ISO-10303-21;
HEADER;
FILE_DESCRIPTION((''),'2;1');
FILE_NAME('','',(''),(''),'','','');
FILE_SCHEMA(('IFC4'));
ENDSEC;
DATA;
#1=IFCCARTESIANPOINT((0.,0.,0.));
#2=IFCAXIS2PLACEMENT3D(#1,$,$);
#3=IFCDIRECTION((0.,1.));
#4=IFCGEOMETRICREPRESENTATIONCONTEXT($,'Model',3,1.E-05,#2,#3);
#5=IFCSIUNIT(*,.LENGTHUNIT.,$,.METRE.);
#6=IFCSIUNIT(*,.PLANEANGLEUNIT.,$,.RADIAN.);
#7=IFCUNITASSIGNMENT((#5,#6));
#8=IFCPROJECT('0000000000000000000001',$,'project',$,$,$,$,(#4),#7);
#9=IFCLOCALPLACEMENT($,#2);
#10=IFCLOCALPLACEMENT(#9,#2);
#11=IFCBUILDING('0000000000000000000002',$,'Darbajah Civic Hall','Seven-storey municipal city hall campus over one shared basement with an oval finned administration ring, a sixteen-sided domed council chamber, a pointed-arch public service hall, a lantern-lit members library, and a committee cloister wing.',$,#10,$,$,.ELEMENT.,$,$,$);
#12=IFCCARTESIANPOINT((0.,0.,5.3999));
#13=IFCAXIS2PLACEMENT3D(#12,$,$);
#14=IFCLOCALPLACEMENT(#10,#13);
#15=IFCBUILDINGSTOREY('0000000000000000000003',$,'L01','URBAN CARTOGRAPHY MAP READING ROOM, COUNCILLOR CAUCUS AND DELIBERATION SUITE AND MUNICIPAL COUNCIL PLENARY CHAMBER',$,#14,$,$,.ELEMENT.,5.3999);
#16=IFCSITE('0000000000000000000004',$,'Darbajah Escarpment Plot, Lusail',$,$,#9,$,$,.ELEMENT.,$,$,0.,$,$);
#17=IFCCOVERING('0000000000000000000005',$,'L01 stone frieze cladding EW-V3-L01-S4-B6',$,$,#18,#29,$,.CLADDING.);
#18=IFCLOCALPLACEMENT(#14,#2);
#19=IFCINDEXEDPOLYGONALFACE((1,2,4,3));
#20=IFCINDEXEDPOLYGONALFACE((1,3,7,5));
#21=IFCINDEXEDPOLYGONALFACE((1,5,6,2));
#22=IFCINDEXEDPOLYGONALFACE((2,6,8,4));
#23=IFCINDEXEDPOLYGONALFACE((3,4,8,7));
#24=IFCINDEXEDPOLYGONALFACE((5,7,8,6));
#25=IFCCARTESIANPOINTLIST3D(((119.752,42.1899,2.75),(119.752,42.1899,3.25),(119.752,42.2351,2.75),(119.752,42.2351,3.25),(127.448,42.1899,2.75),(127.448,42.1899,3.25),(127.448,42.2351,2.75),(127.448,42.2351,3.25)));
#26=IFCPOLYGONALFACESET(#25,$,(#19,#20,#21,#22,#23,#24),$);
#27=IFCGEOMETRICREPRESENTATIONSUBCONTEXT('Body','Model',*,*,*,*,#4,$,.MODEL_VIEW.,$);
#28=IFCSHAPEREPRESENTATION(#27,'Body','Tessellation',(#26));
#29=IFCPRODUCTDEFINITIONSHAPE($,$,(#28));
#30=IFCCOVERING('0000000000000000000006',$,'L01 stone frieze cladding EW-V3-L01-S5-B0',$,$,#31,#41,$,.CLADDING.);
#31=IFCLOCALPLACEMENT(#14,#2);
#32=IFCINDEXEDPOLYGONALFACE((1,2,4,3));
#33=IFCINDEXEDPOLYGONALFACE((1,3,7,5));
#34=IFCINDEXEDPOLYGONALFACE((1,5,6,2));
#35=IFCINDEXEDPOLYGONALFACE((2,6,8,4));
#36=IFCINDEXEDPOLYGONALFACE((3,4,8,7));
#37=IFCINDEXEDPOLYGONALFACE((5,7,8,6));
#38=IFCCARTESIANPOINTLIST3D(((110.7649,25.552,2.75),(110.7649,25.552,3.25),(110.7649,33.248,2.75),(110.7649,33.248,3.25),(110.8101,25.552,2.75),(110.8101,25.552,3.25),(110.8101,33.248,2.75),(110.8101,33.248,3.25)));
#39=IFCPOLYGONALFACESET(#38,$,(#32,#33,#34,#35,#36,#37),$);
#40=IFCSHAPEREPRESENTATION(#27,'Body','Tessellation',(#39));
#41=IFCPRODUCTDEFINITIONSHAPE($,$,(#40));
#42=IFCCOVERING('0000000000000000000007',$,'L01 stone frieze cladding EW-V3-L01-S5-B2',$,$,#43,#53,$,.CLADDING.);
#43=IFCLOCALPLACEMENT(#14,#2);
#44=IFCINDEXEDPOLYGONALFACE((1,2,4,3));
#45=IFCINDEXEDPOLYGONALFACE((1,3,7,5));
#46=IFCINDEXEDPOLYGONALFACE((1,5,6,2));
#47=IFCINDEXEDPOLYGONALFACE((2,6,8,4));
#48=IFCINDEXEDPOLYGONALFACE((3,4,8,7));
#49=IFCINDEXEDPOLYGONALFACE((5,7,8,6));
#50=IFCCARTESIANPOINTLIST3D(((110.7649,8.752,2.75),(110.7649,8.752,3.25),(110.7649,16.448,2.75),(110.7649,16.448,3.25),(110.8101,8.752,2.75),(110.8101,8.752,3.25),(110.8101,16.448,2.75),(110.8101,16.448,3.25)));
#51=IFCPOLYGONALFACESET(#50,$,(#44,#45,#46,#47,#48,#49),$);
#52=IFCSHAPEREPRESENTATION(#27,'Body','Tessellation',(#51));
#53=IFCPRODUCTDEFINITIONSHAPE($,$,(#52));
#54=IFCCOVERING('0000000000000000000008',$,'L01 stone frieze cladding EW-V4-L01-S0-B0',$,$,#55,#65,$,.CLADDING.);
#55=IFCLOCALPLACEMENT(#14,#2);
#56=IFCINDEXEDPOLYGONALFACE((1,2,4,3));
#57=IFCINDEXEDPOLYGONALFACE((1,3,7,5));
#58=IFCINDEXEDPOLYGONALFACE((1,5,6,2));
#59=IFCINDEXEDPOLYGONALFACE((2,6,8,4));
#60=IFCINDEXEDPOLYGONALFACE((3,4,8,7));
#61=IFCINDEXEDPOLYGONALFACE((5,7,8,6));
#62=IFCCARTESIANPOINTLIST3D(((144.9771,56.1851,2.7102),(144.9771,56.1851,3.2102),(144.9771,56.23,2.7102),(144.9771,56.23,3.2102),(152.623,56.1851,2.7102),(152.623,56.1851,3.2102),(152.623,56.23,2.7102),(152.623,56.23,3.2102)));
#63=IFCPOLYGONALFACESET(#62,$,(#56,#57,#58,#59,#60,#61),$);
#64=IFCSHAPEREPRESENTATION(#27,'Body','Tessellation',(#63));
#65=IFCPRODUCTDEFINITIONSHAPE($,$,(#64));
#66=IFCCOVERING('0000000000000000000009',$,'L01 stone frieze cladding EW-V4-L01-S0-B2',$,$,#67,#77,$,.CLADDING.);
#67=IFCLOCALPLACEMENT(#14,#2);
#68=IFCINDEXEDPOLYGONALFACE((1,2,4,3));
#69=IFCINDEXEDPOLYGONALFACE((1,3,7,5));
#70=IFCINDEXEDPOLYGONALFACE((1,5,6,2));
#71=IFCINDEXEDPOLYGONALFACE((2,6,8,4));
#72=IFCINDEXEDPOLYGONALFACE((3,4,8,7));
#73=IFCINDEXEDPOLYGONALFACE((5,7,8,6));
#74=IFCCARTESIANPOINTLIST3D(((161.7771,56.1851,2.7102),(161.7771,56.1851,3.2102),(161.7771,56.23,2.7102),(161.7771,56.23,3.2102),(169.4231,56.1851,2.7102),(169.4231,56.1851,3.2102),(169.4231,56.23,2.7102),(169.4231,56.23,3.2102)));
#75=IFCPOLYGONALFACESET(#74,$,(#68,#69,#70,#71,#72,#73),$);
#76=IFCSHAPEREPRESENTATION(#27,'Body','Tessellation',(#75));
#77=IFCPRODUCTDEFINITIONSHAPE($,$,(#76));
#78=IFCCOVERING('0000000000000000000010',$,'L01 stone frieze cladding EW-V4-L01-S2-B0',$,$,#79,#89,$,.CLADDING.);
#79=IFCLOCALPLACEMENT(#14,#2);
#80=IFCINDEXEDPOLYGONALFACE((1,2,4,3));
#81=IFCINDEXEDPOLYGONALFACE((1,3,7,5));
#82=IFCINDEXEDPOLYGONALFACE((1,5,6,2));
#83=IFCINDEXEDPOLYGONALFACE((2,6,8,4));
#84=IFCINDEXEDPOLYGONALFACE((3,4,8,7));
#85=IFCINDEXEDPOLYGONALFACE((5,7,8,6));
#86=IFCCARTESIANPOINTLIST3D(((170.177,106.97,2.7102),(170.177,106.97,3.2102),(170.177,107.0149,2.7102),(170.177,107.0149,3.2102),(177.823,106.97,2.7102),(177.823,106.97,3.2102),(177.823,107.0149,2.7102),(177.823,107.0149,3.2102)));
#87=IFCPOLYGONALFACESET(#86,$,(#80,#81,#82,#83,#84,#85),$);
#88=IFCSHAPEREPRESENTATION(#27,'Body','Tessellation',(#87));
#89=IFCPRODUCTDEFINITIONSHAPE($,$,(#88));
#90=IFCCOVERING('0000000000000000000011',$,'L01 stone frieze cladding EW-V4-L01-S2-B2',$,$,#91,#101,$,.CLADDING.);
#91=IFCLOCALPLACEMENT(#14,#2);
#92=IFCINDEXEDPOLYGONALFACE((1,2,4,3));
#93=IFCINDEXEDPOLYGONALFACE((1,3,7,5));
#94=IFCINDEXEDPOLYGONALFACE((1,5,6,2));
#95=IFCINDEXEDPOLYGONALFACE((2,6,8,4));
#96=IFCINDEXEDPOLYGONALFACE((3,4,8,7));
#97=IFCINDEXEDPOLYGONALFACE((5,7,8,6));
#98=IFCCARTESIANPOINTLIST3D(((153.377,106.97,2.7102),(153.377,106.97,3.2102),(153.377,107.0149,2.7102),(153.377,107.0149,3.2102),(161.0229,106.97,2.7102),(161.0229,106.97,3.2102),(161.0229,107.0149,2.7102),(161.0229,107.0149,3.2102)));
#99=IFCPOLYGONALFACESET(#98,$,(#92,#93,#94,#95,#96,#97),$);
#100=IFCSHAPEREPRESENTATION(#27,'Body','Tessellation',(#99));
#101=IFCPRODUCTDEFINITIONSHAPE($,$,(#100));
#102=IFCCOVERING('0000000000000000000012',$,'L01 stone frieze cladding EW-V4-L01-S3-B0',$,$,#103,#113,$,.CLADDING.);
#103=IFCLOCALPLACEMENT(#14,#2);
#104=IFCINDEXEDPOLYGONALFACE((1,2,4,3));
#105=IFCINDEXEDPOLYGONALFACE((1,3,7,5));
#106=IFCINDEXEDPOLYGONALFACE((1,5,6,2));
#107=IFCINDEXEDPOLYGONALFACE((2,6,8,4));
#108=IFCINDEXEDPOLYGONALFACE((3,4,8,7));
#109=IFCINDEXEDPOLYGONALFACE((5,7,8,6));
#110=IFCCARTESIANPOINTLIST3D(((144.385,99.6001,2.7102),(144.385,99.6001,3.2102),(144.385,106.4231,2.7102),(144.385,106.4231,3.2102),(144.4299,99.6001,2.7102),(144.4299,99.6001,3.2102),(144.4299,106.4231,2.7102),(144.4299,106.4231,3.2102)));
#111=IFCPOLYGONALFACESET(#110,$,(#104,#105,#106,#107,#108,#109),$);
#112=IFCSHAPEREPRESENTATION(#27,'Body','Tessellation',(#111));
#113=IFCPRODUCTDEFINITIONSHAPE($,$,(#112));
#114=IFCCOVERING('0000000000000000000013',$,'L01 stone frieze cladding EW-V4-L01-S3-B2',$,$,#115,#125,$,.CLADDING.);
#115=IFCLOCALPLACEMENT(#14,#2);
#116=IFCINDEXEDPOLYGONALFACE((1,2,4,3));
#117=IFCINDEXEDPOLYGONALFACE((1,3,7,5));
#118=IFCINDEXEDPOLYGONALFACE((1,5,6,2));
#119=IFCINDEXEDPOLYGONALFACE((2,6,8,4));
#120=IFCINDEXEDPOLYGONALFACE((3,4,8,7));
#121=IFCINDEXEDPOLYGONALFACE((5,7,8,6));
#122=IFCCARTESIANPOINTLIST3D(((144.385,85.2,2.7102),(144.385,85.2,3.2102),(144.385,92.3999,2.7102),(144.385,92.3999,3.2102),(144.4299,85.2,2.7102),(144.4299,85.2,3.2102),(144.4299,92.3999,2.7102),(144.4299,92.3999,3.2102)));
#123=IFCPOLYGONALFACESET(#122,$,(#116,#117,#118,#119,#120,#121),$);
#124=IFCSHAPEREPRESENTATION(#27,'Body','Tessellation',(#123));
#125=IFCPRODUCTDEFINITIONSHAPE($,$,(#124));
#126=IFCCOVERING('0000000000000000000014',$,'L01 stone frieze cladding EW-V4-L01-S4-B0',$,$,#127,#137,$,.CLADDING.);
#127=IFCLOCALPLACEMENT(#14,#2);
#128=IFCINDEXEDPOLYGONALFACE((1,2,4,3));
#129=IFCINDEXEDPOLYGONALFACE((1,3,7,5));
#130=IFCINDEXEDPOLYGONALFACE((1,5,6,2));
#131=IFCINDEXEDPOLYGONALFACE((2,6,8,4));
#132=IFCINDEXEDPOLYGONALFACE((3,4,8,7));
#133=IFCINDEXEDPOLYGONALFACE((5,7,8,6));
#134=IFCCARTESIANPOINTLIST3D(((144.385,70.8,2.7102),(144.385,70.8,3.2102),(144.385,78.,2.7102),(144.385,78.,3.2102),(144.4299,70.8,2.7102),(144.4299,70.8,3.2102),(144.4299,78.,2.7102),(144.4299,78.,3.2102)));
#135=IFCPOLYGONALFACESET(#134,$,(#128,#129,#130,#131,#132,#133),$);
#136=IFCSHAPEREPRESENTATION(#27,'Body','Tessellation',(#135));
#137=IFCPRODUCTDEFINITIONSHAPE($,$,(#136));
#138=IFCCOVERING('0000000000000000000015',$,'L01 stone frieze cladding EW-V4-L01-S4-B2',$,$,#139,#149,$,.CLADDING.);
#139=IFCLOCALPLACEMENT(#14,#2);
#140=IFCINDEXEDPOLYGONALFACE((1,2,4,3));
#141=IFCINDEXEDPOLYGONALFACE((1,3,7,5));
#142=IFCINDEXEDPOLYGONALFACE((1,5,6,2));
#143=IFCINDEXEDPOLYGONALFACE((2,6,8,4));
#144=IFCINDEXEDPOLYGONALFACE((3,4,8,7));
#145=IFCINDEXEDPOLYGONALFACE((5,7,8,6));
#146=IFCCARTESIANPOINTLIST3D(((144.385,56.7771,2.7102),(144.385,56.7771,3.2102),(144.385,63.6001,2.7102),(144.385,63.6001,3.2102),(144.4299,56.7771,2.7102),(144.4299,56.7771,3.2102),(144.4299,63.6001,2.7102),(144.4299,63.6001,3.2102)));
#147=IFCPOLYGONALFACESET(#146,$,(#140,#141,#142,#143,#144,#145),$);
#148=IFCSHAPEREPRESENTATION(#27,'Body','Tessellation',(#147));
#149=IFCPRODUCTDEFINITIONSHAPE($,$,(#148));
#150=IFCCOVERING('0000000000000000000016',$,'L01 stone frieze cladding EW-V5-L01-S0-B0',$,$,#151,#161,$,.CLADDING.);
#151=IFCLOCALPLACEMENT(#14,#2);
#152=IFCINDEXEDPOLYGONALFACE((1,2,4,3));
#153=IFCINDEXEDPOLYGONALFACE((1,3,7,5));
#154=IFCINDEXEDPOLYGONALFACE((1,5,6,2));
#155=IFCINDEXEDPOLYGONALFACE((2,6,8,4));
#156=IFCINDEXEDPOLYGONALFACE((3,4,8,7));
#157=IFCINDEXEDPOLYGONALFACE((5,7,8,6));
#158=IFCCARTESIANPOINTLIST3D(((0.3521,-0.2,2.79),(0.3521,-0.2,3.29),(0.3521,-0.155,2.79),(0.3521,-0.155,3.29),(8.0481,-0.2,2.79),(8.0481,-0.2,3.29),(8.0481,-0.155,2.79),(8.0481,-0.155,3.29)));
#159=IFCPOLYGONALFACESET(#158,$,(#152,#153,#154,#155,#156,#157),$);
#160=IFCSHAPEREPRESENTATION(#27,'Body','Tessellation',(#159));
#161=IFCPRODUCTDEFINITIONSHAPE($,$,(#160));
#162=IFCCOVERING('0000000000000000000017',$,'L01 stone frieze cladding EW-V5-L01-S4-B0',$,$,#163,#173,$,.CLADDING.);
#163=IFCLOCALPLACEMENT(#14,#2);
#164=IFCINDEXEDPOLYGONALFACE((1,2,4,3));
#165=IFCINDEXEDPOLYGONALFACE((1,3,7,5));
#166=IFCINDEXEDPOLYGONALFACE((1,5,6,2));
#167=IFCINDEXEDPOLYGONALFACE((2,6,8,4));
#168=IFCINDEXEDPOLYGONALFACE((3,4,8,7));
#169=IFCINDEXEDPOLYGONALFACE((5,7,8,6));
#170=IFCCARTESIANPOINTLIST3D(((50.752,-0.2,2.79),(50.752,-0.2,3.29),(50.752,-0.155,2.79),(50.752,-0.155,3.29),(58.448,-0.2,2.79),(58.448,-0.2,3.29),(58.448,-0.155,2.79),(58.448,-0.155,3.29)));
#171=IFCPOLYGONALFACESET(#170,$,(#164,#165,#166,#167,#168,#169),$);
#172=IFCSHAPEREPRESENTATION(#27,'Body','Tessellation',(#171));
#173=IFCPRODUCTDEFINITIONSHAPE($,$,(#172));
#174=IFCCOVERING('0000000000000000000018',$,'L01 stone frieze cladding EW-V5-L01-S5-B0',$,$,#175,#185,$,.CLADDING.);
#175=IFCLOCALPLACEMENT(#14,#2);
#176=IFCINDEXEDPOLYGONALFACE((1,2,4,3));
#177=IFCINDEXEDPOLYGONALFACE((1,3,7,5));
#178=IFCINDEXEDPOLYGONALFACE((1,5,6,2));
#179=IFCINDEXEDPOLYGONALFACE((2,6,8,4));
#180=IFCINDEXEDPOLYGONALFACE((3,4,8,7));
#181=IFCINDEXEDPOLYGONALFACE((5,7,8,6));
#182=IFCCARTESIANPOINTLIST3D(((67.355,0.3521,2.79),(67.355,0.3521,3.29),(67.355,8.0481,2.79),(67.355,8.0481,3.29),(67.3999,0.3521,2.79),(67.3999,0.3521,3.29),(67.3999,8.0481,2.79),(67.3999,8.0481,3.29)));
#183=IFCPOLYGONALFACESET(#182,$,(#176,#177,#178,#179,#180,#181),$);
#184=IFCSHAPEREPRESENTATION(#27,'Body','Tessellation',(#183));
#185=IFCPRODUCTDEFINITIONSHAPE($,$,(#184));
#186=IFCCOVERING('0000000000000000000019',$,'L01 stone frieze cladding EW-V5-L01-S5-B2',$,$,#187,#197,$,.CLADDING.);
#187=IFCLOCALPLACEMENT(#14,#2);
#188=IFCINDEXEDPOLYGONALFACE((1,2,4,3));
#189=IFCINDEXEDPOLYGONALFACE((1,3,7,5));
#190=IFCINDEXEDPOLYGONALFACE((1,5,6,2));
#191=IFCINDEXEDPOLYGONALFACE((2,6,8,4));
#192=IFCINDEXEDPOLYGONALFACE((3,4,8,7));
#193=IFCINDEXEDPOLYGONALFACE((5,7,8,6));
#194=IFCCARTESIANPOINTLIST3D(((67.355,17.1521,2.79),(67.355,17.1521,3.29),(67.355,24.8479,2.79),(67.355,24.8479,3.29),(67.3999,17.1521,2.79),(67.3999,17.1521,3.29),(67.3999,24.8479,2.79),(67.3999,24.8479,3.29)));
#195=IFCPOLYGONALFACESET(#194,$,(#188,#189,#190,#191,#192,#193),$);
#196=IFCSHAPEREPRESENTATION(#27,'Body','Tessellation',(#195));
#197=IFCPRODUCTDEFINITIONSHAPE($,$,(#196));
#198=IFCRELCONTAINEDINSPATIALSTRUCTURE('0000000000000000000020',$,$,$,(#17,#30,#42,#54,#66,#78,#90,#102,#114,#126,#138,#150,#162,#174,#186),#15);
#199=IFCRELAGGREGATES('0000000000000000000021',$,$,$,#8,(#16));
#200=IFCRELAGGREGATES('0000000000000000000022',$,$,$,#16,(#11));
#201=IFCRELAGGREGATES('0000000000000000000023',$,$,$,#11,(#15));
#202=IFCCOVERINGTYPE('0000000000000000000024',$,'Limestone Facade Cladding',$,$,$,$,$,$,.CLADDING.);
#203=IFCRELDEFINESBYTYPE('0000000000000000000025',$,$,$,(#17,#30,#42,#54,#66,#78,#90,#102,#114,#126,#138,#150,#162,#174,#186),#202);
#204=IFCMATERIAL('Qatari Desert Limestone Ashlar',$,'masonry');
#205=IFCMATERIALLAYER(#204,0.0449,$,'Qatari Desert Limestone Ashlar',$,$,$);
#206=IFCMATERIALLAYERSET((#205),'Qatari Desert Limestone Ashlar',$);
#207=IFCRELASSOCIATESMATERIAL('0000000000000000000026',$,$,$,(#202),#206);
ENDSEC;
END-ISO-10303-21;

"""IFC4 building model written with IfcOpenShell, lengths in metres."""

from ifc_helpers import new_model, si_unit, direction, frame, origin, place, context, subcontext, project, spatial, polyline, outline, extrude, material, layer, layer_set, type_object, element, save


model = new_model("IFC4")

# Units and contexts
model_context = context("Model", 3, precision=1e-05, world=origin(), true_north=direction((0.0, 1.0)))
body_context = subcontext(model_context, "Body", "Model", "MODEL_VIEW")
ifc_project = project(units=[si_unit("LENGTHUNIT", "METRE"), si_unit("PLANEANGLEUNIT", "RADIAN")], contexts=[model_context])

# Site, building, storey
site_placement = place(None, origin())
site = spatial("IfcSite", under=ifc_project, at=site_placement, Name="Darbajah Escarpment Plot, Lusail", CompositionType="ELEMENT", RefElevation=0.0)
building_placement = place(site_placement, origin())
building = spatial("IfcBuilding", under=site, at=building_placement, Name="Darbajah Civic Hall", Description="Seven-storey municipal city hall campus over one shared basement with an oval finned administration ring, a sixteen-sided domed council chamber, a pointed-arch public service hall, a lantern-lit members library, and a committee cloister wing.", CompositionType="ELEMENT")
storey_placement = place(building_placement, frame((0.0, 0.0, 5.3999)))
storey = spatial("IfcBuildingStorey", under=building, at=storey_placement, Name="L01", Description="URBAN CARTOGRAPHY MAP READING ROOM, COUNCILLOR CAUCUS AND DELIBERATION SUITE AND MUNICIPAL COUNCIL PLENARY CHAMBER", CompositionType="ELEMENT", Elevation=5.3999)

# Coverings
ifc_material = material(Name="Qatari Desert Limestone Ashlar", Category="masonry")
ifc_layer = layer(ifc_material, 0.0449, Name="Qatari Desert Limestone Ashlar")
ifc_layer_set = layer_set([ifc_layer], Name="Qatari Desert Limestone Ashlar")
covering_type = type_object("IfcCoveringType", Name="Limestone Facade Cladding", PredefinedType="CLADDING", material=ifc_layer_set)
covering_1_placement = place(storey_placement, frame((0.0, 0.0, 2.75)))
element("IfcCovering", 1, at=covering_1_placement, inside=storey, type_object=covering_type, Name="L01 stone frieze cladding EW-V3-L01-S4-B6", PredefinedType="CLADDING", context=body_context, shape_type="SweptSolid", body=[
    extrude(outline(polyline([(127.448, 42.1899), (119.752, 42.1899), (119.752, 42.2351), (127.448, 42.2351), (127.448, 42.1899)])), origin(), (0.0, 0.0, 1.0), 0.5),
])
covering_2_placement = place(storey_placement, frame((0.0, 0.0, 2.75)))
element("IfcCovering", 2, at=covering_2_placement, inside=storey, type_object=covering_type, Name="L01 stone frieze cladding EW-V3-L01-S5-B0", PredefinedType="CLADDING", context=body_context, shape_type="SweptSolid", body=[
    extrude(outline(polyline([(110.8101, 33.248), (110.8101, 25.552), (110.7649, 25.552), (110.7649, 33.248), (110.8101, 33.248)])), origin(), (0.0, 0.0, 1.0), 0.5),
])
covering_3_placement = place(storey_placement, frame((0.0, 0.0, 2.75)))
element("IfcCovering", 3, at=covering_3_placement, inside=storey, type_object=covering_type, Name="L01 stone frieze cladding EW-V3-L01-S5-B2", PredefinedType="CLADDING", context=body_context, shape_type="SweptSolid", body=[
    extrude(outline(polyline([(110.8101, 16.448), (110.8101, 8.752), (110.7649, 8.752), (110.7649, 16.448), (110.8101, 16.448)])), origin(), (0.0, 0.0, 1.0), 0.5),
])
covering_4_placement = place(storey_placement, frame((0.0, 0.0, 2.7102)))
element("IfcCovering", 4, at=covering_4_placement, inside=storey, type_object=covering_type, Name="L01 stone frieze cladding EW-V4-L01-S0-B0", PredefinedType="CLADDING", context=body_context, shape_type="SweptSolid", body=[
    extrude(outline(polyline([(144.9771, 56.23), (152.623, 56.23), (152.623, 56.1851), (144.9771, 56.1851), (144.9771, 56.23)])), origin(), (0.0, 0.0, 1.0), 0.5),
])
covering_5_placement = place(storey_placement, frame((0.0, 0.0, 2.7102)))
element("IfcCovering", 5, at=covering_5_placement, inside=storey, type_object=covering_type, Name="L01 stone frieze cladding EW-V4-L01-S0-B2", PredefinedType="CLADDING", context=body_context, shape_type="SweptSolid", body=[
    extrude(outline(polyline([(161.7771, 56.23), (169.4231, 56.23), (169.4231, 56.1851), (161.7771, 56.1851), (161.7771, 56.23)])), origin(), (0.0, 0.0, 1.0), 0.5),
])
covering_6_placement = place(storey_placement, frame((0.0, 0.0, 2.7102)))
element("IfcCovering", 6, at=covering_6_placement, inside=storey, type_object=covering_type, Name="L01 stone frieze cladding EW-V4-L01-S2-B0", PredefinedType="CLADDING", context=body_context, shape_type="SweptSolid", body=[
    extrude(outline(polyline([(177.823, 106.97), (170.177, 106.97), (170.177, 107.0149), (177.823, 107.0149), (177.823, 106.97)])), origin(), (0.0, 0.0, 1.0), 0.5),
])
covering_7_placement = place(storey_placement, frame((0.0, 0.0, 2.7102)))
element("IfcCovering", 7, at=covering_7_placement, inside=storey, type_object=covering_type, Name="L01 stone frieze cladding EW-V4-L01-S2-B2", PredefinedType="CLADDING", context=body_context, shape_type="SweptSolid", body=[
    extrude(outline(polyline([(161.0229, 106.97), (153.377, 106.97), (153.377, 107.0149), (161.0229, 107.0149), (161.0229, 106.97)])), origin(), (0.0, 0.0, 1.0), 0.5),
])
covering_8_placement = place(storey_placement, frame((0.0, 0.0, 2.7102)))
element("IfcCovering", 8, at=covering_8_placement, inside=storey, type_object=covering_type, Name="L01 stone frieze cladding EW-V4-L01-S3-B0", PredefinedType="CLADDING", context=body_context, shape_type="SweptSolid", body=[
    extrude(outline(polyline([(144.4299, 106.4231), (144.4299, 99.6001), (144.385, 99.6001), (144.385, 106.4231), (144.4299, 106.4231)])), origin(), (0.0, 0.0, 1.0), 0.5),
])
covering_9_placement = place(storey_placement, frame((0.0, 0.0, 2.7102)))
element("IfcCovering", 9, at=covering_9_placement, inside=storey, type_object=covering_type, Name="L01 stone frieze cladding EW-V4-L01-S3-B2", PredefinedType="CLADDING", context=body_context, shape_type="SweptSolid", body=[
    extrude(outline(polyline([(144.4299, 92.3999), (144.4299, 85.2), (144.385, 85.2), (144.385, 92.3999), (144.4299, 92.3999)])), origin(), (0.0, 0.0, 1.0), 0.5),
])
covering_10_placement = place(storey_placement, frame((0.0, 0.0, 2.7102)))
element("IfcCovering", 10, at=covering_10_placement, inside=storey, type_object=covering_type, Name="L01 stone frieze cladding EW-V4-L01-S4-B0", PredefinedType="CLADDING", context=body_context, shape_type="SweptSolid", body=[
    extrude(outline(polyline([(144.4299, 78.0), (144.4299, 70.8), (144.385, 70.8), (144.385, 78.0), (144.4299, 78.0)])), origin(), (0.0, 0.0, 1.0), 0.5),
])
covering_11_placement = place(storey_placement, frame((0.0, 0.0, 2.7102)))
element("IfcCovering", 11, at=covering_11_placement, inside=storey, type_object=covering_type, Name="L01 stone frieze cladding EW-V4-L01-S4-B2", PredefinedType="CLADDING", context=body_context, shape_type="SweptSolid", body=[
    extrude(outline(polyline([(144.4299, 63.6001), (144.4299, 56.7771), (144.385, 56.7771), (144.385, 63.6001), (144.4299, 63.6001)])), origin(), (0.0, 0.0, 1.0), 0.5),
])
covering_12_placement = place(storey_placement, frame((0.0, 0.0, 2.79)))
element("IfcCovering", 12, at=covering_12_placement, inside=storey, type_object=covering_type, Name="L01 stone frieze cladding EW-V5-L01-S0-B0", PredefinedType="CLADDING", context=body_context, shape_type="SweptSolid", body=[
    extrude(outline(polyline([(0.3521, -0.155), (8.0481, -0.155), (8.0481, -0.2), (0.3521, -0.2), (0.3521, -0.155)])), origin(), (0.0, 0.0, 1.0), 0.5),
])
covering_13_placement = place(storey_placement, frame((0.0, 0.0, 2.79)))
element("IfcCovering", 13, at=covering_13_placement, inside=storey, type_object=covering_type, Name="L01 stone frieze cladding EW-V5-L01-S4-B0", PredefinedType="CLADDING", context=body_context, shape_type="SweptSolid", body=[
    extrude(outline(polyline([(50.752, -0.155), (58.448, -0.155), (58.448, -0.2), (50.752, -0.2), (50.752, -0.155)])), origin(), (0.0, 0.0, 1.0), 0.5),
])
covering_14_placement = place(storey_placement, frame((0.0, 0.0, 2.79)))
element("IfcCovering", 14, at=covering_14_placement, inside=storey, type_object=covering_type, Name="L01 stone frieze cladding EW-V5-L01-S5-B0", PredefinedType="CLADDING", context=body_context, shape_type="SweptSolid", body=[
    extrude(outline(polyline([(67.355, 0.3521), (67.355, 8.0481), (67.3999, 8.0481), (67.3999, 0.3521), (67.355, 0.3521)])), origin(), (0.0, 0.0, 1.0), 0.5),
])
covering_15_placement = place(storey_placement, frame((0.0, 0.0, 2.79)))
element("IfcCovering", 15, at=covering_15_placement, inside=storey, type_object=covering_type, Name="L01 stone frieze cladding EW-V5-L01-S5-B2", PredefinedType="CLADDING", context=body_context, shape_type="SweptSolid", body=[
    extrude(outline(polyline([(67.355, 17.1521), (67.355, 24.8479), (67.3999, 24.8479), (67.3999, 17.1521), (67.355, 17.1521)])), origin(), (0.0, 0.0, 1.0), 0.5),
])

save(model, "model.ifc")
